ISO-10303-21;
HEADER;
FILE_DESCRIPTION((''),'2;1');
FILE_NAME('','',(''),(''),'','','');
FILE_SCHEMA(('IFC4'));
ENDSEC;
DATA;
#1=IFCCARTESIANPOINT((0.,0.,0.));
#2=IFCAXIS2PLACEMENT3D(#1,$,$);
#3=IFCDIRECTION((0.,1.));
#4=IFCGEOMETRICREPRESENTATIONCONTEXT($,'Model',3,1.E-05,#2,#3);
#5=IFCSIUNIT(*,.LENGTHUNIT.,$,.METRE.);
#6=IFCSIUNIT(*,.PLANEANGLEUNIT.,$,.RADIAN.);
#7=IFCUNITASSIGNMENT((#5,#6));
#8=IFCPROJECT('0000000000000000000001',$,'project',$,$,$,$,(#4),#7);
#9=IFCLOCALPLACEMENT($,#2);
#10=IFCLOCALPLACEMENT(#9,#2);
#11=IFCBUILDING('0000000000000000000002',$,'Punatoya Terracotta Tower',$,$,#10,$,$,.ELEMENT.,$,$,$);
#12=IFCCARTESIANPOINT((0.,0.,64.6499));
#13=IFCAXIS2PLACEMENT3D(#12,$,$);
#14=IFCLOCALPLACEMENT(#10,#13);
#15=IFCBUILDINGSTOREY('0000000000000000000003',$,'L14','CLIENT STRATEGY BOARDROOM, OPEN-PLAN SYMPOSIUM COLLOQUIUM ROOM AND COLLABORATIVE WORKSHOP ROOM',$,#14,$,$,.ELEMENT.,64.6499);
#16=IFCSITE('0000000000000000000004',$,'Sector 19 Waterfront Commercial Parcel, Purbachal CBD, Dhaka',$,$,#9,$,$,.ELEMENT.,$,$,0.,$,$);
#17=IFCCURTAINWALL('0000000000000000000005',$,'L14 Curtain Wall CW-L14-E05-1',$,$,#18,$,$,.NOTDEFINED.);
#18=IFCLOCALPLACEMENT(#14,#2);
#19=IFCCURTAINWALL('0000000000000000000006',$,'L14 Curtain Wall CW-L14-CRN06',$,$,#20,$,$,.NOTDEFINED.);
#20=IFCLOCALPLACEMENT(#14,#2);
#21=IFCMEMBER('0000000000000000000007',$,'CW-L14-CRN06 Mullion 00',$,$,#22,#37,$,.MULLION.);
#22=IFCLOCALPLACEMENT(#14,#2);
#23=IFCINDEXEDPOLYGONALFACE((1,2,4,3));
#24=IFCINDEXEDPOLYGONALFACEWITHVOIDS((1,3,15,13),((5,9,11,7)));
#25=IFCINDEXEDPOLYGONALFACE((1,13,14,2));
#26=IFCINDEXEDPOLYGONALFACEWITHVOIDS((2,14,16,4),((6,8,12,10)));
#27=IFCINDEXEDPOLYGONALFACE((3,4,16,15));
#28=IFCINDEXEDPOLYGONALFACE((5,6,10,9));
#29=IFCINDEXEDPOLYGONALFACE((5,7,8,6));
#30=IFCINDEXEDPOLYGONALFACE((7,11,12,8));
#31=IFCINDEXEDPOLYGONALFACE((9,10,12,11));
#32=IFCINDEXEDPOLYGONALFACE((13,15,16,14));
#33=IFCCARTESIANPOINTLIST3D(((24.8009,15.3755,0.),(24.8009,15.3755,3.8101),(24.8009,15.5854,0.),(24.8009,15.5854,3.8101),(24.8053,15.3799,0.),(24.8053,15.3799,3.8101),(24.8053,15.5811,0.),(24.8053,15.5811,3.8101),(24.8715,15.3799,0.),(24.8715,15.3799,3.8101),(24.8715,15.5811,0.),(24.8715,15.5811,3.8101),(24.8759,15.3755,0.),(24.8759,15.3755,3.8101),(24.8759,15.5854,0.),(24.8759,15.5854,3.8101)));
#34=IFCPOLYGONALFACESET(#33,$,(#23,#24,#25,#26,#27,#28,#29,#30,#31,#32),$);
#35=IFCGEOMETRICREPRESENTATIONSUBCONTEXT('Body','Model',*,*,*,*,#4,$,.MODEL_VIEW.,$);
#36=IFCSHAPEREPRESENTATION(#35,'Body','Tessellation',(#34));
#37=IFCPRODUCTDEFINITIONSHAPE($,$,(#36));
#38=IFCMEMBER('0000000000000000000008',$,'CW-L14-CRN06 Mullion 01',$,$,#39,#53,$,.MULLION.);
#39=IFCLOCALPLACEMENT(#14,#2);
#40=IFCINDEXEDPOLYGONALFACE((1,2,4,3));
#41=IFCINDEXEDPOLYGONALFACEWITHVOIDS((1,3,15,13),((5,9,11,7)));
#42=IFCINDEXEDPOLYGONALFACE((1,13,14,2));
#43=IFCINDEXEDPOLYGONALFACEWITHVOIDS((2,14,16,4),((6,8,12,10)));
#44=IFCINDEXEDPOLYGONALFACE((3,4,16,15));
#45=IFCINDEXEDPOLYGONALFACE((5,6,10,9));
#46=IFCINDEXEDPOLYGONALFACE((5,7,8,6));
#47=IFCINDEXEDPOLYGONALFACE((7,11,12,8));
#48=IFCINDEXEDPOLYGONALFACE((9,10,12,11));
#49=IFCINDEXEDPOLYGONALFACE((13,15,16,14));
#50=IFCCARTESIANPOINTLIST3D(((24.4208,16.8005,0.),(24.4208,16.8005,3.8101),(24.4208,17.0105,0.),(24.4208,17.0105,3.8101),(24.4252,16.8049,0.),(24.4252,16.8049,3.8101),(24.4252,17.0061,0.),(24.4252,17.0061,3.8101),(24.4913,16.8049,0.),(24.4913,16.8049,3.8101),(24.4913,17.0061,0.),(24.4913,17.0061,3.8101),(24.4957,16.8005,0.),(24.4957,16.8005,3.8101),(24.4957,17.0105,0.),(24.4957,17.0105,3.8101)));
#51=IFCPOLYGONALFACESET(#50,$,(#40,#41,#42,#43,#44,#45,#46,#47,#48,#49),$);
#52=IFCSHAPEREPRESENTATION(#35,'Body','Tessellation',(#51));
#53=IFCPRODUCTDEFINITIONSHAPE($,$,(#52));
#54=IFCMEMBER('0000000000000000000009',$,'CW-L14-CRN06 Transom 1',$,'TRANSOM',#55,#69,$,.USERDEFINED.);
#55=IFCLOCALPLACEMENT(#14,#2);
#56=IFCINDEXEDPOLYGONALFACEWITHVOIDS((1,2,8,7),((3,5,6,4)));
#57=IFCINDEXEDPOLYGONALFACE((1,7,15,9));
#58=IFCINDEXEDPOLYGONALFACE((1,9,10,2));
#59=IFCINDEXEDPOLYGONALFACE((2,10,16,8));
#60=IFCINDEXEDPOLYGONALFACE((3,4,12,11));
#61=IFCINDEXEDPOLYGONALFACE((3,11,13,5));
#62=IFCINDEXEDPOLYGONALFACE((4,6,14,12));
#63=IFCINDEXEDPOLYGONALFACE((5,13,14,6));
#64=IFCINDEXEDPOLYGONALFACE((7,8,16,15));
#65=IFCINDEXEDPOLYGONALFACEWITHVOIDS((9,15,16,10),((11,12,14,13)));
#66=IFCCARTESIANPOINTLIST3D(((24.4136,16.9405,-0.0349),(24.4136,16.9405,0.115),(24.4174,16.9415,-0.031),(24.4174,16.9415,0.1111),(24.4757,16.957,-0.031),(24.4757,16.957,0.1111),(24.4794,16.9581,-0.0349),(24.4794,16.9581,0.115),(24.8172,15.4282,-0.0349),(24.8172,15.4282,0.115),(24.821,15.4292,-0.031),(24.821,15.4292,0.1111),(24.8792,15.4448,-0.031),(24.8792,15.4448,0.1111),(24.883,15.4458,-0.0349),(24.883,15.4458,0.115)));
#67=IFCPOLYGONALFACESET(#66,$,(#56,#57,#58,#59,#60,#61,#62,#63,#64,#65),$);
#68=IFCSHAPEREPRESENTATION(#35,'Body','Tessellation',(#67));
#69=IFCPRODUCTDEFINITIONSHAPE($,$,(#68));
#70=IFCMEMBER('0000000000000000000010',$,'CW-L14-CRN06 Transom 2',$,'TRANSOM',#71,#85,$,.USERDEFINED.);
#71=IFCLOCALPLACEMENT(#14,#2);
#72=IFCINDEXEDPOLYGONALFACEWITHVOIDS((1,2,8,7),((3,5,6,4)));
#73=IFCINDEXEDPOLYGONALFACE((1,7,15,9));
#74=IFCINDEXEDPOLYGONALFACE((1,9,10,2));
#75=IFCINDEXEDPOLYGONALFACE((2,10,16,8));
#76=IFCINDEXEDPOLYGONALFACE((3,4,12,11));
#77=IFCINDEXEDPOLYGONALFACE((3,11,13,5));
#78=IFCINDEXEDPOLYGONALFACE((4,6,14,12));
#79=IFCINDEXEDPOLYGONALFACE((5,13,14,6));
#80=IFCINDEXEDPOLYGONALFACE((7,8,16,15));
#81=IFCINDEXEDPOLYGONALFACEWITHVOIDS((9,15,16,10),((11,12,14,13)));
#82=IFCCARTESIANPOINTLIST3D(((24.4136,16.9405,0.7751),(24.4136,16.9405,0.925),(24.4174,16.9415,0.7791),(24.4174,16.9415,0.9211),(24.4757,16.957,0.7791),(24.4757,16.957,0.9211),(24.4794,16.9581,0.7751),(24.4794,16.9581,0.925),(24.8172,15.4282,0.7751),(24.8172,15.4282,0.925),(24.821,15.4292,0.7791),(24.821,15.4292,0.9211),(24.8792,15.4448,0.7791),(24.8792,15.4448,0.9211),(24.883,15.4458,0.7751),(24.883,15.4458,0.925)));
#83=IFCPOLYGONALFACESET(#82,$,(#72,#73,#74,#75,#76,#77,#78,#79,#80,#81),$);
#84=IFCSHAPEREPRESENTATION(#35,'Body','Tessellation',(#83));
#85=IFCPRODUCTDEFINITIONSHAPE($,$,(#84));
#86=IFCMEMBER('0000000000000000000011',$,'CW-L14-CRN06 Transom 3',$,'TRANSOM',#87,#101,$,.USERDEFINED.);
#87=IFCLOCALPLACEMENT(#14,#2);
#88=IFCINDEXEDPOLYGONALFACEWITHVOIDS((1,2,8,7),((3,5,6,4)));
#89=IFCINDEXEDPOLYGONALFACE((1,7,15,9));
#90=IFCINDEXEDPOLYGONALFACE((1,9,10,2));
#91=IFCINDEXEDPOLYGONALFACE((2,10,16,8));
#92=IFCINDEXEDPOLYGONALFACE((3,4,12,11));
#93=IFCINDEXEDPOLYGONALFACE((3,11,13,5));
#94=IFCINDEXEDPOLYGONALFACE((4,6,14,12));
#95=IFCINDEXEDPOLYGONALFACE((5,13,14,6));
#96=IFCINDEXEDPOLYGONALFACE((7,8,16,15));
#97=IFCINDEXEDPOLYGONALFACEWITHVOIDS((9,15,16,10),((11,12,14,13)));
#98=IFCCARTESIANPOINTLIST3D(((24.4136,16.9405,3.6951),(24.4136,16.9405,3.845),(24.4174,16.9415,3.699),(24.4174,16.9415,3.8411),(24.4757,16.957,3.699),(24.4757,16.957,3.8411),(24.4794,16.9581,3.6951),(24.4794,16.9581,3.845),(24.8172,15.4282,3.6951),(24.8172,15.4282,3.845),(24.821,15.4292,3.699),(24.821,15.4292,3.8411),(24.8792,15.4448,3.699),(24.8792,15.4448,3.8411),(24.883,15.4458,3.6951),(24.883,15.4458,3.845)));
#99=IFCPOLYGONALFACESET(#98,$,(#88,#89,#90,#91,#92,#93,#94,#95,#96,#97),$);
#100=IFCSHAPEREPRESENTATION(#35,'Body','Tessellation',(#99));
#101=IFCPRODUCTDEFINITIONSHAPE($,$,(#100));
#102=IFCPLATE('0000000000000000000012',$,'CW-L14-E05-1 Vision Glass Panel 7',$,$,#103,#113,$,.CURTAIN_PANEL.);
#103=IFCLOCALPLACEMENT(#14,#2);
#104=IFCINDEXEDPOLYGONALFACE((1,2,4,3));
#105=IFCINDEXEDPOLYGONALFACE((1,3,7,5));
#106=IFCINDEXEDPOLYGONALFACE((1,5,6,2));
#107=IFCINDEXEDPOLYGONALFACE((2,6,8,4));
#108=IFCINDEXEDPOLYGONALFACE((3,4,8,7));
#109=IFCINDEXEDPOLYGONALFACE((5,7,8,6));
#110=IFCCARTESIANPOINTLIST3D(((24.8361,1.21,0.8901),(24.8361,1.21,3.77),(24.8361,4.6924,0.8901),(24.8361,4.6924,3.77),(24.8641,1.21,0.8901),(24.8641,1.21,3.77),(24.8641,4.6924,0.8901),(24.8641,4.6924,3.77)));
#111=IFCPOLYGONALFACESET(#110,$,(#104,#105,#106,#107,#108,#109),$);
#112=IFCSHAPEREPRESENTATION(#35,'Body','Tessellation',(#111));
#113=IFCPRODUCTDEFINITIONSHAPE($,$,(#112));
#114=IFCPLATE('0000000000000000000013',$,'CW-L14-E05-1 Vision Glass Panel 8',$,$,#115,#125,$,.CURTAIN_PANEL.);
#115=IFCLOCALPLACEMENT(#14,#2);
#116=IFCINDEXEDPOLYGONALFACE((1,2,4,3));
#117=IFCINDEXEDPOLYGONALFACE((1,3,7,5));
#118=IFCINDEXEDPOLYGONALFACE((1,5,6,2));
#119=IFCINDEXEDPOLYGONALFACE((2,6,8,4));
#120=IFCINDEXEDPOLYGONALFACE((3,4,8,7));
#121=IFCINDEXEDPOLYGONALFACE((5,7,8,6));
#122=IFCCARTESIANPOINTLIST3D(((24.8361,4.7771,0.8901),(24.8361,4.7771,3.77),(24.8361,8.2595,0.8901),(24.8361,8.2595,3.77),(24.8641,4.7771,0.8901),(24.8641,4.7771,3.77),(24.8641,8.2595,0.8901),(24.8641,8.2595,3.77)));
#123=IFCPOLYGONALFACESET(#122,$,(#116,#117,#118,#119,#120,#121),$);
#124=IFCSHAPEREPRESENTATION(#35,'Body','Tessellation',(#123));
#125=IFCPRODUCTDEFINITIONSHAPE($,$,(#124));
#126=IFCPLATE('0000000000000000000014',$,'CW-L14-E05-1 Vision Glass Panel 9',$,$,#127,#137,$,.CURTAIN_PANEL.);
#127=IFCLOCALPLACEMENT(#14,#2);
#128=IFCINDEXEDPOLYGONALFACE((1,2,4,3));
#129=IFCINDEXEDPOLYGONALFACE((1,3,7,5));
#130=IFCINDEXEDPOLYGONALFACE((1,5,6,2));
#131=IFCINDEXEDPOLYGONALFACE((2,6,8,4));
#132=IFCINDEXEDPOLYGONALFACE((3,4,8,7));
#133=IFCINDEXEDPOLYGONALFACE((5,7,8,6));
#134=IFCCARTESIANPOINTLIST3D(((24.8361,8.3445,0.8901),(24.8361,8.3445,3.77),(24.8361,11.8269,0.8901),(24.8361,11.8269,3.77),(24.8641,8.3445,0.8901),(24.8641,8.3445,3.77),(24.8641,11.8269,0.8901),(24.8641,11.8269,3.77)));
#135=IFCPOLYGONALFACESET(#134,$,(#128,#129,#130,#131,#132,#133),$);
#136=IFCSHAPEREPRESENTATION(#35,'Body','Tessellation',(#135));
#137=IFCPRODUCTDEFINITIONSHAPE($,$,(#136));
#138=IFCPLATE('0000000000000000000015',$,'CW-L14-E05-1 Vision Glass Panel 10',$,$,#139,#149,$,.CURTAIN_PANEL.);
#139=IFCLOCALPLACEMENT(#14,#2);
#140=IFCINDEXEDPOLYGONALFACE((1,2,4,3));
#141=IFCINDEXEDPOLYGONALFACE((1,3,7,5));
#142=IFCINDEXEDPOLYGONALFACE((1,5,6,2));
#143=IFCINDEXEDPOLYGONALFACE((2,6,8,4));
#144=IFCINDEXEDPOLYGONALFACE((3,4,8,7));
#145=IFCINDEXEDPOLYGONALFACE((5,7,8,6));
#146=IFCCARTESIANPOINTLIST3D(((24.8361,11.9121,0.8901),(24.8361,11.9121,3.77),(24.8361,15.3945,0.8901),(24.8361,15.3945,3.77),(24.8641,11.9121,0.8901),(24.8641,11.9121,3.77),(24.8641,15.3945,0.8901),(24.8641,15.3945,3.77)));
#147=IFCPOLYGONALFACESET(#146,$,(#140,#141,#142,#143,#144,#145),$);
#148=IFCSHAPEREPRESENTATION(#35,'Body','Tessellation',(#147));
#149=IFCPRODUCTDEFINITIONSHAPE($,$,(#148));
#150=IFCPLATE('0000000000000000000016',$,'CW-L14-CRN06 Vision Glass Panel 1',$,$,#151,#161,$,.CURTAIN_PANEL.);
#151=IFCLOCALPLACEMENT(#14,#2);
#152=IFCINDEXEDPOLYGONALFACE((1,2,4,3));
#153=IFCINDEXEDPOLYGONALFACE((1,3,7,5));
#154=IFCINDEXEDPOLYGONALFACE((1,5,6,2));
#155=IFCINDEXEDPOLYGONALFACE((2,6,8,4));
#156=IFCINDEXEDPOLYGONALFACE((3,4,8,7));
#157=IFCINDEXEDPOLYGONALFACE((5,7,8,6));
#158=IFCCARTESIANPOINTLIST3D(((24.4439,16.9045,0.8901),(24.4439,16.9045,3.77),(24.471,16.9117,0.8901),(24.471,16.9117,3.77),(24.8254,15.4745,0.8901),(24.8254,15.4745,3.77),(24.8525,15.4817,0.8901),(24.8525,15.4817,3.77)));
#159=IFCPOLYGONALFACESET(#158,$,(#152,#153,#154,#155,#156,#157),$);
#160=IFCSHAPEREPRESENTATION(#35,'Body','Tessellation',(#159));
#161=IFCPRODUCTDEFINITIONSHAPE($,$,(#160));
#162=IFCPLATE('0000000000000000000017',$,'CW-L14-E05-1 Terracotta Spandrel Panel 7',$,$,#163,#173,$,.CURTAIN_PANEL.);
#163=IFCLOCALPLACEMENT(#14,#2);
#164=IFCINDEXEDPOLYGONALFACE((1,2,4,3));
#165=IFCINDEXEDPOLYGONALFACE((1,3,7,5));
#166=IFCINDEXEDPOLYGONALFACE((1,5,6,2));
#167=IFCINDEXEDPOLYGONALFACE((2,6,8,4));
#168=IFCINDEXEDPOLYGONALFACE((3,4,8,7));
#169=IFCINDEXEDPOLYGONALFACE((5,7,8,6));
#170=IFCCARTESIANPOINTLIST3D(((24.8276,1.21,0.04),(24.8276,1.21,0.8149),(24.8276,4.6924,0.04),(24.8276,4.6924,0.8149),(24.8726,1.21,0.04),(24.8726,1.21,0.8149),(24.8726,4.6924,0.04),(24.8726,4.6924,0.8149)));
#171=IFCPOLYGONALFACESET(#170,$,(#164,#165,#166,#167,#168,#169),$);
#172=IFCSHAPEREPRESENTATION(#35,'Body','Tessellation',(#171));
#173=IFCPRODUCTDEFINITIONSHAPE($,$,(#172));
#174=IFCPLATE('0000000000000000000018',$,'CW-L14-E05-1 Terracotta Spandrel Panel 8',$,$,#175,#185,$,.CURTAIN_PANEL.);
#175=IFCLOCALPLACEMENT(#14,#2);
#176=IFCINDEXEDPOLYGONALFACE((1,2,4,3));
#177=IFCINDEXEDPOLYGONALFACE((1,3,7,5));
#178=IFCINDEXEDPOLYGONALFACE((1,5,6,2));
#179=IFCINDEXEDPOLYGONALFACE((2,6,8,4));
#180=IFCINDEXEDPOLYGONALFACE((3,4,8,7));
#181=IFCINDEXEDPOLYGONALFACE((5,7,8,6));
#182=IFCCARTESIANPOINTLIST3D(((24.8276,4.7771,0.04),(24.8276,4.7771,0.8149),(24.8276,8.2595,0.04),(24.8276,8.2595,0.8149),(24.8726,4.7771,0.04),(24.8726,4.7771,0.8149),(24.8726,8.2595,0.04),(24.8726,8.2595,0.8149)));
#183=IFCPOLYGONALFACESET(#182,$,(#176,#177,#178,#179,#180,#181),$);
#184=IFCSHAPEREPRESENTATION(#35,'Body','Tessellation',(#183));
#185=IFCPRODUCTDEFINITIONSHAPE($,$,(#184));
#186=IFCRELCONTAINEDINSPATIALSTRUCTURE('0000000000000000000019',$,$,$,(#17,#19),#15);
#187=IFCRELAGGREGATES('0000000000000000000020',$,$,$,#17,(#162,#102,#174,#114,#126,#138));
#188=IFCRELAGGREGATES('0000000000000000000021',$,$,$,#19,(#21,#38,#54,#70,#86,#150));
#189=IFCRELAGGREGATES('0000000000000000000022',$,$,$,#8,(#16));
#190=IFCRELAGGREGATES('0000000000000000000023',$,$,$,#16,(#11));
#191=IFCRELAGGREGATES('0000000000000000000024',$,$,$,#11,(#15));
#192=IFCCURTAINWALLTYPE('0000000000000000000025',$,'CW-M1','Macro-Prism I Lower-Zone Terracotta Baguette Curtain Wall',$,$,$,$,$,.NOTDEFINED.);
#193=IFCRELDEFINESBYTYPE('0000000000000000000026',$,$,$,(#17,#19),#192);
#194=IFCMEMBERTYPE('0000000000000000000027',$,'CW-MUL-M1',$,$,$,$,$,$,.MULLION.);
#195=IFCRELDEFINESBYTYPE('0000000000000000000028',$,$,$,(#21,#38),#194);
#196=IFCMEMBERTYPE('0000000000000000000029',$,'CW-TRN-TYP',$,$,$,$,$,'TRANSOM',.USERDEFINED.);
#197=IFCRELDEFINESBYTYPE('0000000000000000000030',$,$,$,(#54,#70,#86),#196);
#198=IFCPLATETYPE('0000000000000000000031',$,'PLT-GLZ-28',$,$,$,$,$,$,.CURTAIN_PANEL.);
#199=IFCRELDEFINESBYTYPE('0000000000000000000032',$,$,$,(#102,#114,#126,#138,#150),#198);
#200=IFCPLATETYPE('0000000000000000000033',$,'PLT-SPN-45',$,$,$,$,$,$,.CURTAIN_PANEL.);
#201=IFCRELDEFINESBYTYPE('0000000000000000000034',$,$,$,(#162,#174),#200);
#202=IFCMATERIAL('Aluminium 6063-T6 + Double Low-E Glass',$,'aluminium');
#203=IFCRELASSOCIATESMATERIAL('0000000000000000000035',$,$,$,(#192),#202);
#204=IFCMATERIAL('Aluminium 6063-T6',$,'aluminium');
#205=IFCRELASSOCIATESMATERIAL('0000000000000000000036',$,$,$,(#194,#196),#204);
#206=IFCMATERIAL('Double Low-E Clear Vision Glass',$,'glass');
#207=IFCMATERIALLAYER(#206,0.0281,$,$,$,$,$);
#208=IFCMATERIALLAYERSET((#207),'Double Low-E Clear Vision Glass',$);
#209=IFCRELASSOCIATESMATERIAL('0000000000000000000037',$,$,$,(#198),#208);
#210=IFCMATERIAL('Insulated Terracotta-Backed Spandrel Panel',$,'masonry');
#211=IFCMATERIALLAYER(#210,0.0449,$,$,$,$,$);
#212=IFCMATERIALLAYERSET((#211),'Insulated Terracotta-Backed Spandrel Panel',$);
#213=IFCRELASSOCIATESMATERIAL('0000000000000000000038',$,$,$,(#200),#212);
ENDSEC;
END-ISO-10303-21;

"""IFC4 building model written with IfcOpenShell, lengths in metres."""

from ifc_helpers import new_model, si_unit, direction, frame, origin, origin_2d, place, context, subcontext, project, spatial, rectangle, hollow_rectangle, extrude, material, layer, layer_set, material_profile, profile_set, type_object, element, aggregate, save


model = new_model("IFC4")

# Units and contexts
model_context = context("Model", 3, precision=1e-05, world=origin(), true_north=direction((0.0, 1.0)))
body_context = subcontext(model_context, "Body", "Model", "MODEL_VIEW")
ifc_project = project(units=[si_unit("LENGTHUNIT", "METRE"), si_unit("PLANEANGLEUNIT", "RADIAN")], contexts=[model_context])

# Site, building, storey
site_placement = place(None, origin())
site = spatial("IfcSite", under=ifc_project, at=site_placement, Name="Sector 19 Waterfront Commercial Parcel, Purbachal CBD, Dhaka", CompositionType="ELEMENT", RefElevation=0.0)
building_placement = place(site_placement, origin())
building = spatial("IfcBuilding", under=site, at=building_placement, Name="Punatoya Terracotta Tower", CompositionType="ELEMENT")
storey_placement = place(building_placement, frame((0.0, 0.0, 64.6499)))
storey = spatial("IfcBuildingStorey", under=building, at=storey_placement, Name="L14", Description="CLIENT STRATEGY BOARDROOM, OPEN-PLAN SYMPOSIUM COLLOQUIUM ROOM AND COLLABORATIVE WORKSHOP ROOM", CompositionType="ELEMENT", Elevation=64.6499)

# Curtain walls, members
ifc_material_1 = material(Name="Aluminium 6063-T6 + Double Low-E Glass", Category="aluminium")
curtain_wall_type = type_object("IfcCurtainWallType", Name="CW-M1", Description="Macro-Prism I Lower-Zone Terracotta Baguette Curtain Wall", PredefinedType="NOTDEFINED", material=ifc_material_1)
curtain_wall_1_placement = place(storey_placement, origin())
curtain_wall_1 = element("IfcCurtainWall", 1, at=curtain_wall_1_placement, inside=storey, type_object=curtain_wall_type, Name="L14 Curtain Wall CW-L14-E05-1", PredefinedType="NOTDEFINED")
ifc_material_2 = material(Name="Aluminium 6063-T6", Category="aluminium")
ifc_material_profile_1 = material_profile(ifc_material_2, hollow_rectangle(XDim=0.075, YDim=0.21, WallThickness=0.0044, at=origin_2d()))
ifc_profile_set_1 = profile_set([ifc_material_profile_1], Name="Aluminium 6063-T6")
member_type_1 = type_object("IfcMemberType", Name="CW-MUL-M1", PredefinedType="MULLION", material=ifc_profile_set_1)
curtain_wall_2_placement = place(storey_placement, origin())
curtain_wall_2 = element("IfcCurtainWall", 2, at=curtain_wall_2_placement, inside=storey, type_object=curtain_wall_type, Name="L14 Curtain Wall CW-L14-CRN06", PredefinedType="NOTDEFINED")
member_1_placement = place(storey_placement, frame((24.8384, 15.4805, 0.0), z_axis=(0.0, 0.0, 1.0), x_axis=(1.0, 0.0, 0.0)))
member_1 = element("IfcMember", 3, at=member_1_placement, type_object=member_type_1, Name="CW-L14-CRN06 Mullion 00", PredefinedType="MULLION", context=body_context, shape_type="SweptSolid", body=[
    extrude(hollow_rectangle(XDim=0.075, YDim=0.21, WallThickness=0.0044, at=origin_2d()), origin(), (0.0, 0.0, 1.0), 3.8101),
])
member_2_placement = place(storey_placement, frame((24.4583, 16.9055, 0.0), z_axis=(0.0, 0.0, 1.0), x_axis=(1.0, 0.0, 0.0)))
member_2 = element("IfcMember", 4, at=member_2_placement, type_object=member_type_1, Name="CW-L14-CRN06 Mullion 01", PredefinedType="MULLION", context=body_context, shape_type="SweptSolid", body=[
    extrude(hollow_rectangle(XDim=0.075, YDim=0.21, WallThickness=0.0044, at=origin_2d()), origin(), (0.0, 0.0, 1.0), 3.8101),
])
ifc_material_profile_2 = material_profile(ifc_material_2, hollow_rectangle(XDim=0.0681, YDim=0.1499, WallThickness=0.0039, at=origin_2d()))
ifc_profile_set_2 = profile_set([ifc_material_profile_2], Name="Aluminium 6063-T6")
member_type_2 = type_object("IfcMemberType", Name="CW-TRN-TYP", ElementType="TRANSOM", PredefinedType="USERDEFINED", material=ifc_profile_set_2)
member_3_placement = place(storey_placement, frame((24.8501, 15.437, 0.04), z_axis=(-0.257847, 0.966186, 0.0), x_axis=(-0.966186, -0.257847, 0.0)))
member_3 = element("IfcMember", 5, at=member_3_placement, type_object=member_type_2, Name="CW-L14-CRN06 Transom 1", ObjectType="TRANSOM", PredefinedType="USERDEFINED", context=body_context, shape_type="SweptSolid", body=[
    extrude(hollow_rectangle(XDim=0.0681, YDim=0.1499, WallThickness=0.0039, at=origin_2d()), origin(), (0.0, 0.0, 1.0), 1.5652),
])
member_4_placement = place(storey_placement, frame((24.8501, 15.437, 0.8501), z_axis=(-0.257847, 0.966186, 0.0), x_axis=(-0.966186, -0.257847, 0.0)))
member_4 = element("IfcMember", 6, at=member_4_placement, type_object=member_type_2, Name="CW-L14-CRN06 Transom 2", ObjectType="TRANSOM", PredefinedType="USERDEFINED", context=body_context, shape_type="SweptSolid", body=[
    extrude(hollow_rectangle(XDim=0.0681, YDim=0.1499, WallThickness=0.0039, at=origin_2d()), origin(), (0.0, 0.0, 1.0), 1.5652),
])
member_5_placement = place(storey_placement, frame((24.8501, 15.437, 3.77), z_axis=(-0.257847, 0.966186, 0.0), x_axis=(-0.966186, -0.257847, 0.0)))
member_5 = element("IfcMember", 7, at=member_5_placement, type_object=member_type_2, Name="CW-L14-CRN06 Transom 3", ObjectType="TRANSOM", PredefinedType="USERDEFINED", context=body_context, shape_type="SweptSolid", body=[
    extrude(hollow_rectangle(XDim=0.0681, YDim=0.1499, WallThickness=0.0039, at=origin_2d()), origin(), (0.0, 0.0, 1.0), 1.5652),
])

# Plates
ifc_material_3 = material(Name="Double Low-E Clear Vision Glass", Category="glass")
ifc_layer_1 = layer(ifc_material_3, 0.0281)
ifc_layer_set_1 = layer_set([ifc_layer_1], Name="Double Low-E Clear Vision Glass")
plate_type_1 = type_object("IfcPlateType", Name="PLT-GLZ-28", PredefinedType="CURTAIN_PANEL", material=ifc_layer_set_1)
plate_1_placement = place(storey_placement, frame((24.8501, 2.9512, 0.8901), z_axis=(0.0, 0.0, 1.0), x_axis=(0.0, 1.0, 0.0)))
plate_1 = element("IfcPlate", 8, at=plate_1_placement, type_object=plate_type_1, Name="CW-L14-E05-1 Vision Glass Panel 7", PredefinedType="CURTAIN_PANEL", context=body_context, shape_type="SweptSolid", body=[
    extrude(rectangle(XDim=3.4824, YDim=0.0281, at=origin_2d()), origin(), (0.0, 0.0, 1.0), 2.8799),
])
plate_2_placement = place(storey_placement, frame((24.8501, 6.5183, 0.8901), z_axis=(0.0, 0.0, 1.0), x_axis=(0.0, 1.0, 0.0)))
plate_2 = element("IfcPlate", 9, at=plate_2_placement, type_object=plate_type_1, Name="CW-L14-E05-1 Vision Glass Panel 8", PredefinedType="CURTAIN_PANEL", context=body_context, shape_type="SweptSolid", body=[
    extrude(rectangle(XDim=3.4824, YDim=0.0281, at=origin_2d()), origin(), (0.0, 0.0, 1.0), 2.8799),
])
plate_3_placement = place(storey_placement, frame((24.8501, 10.0857, 0.8901), z_axis=(0.0, 0.0, 1.0), x_axis=(0.0, 1.0, 0.0)))
plate_3 = element("IfcPlate", 10, at=plate_3_placement, type_object=plate_type_1, Name="CW-L14-E05-1 Vision Glass Panel 9", PredefinedType="CURTAIN_PANEL", context=body_context, shape_type="SweptSolid", body=[
    extrude(rectangle(XDim=3.4824, YDim=0.0281, at=origin_2d()), origin(), (0.0, 0.0, 1.0), 2.8799),
])
plate_4_placement = place(storey_placement, frame((24.8501, 13.6533, 0.8901), z_axis=(0.0, 0.0, 1.0), x_axis=(0.0, 1.0, 0.0)))
plate_4 = element("IfcPlate", 11, at=plate_4_placement, type_object=plate_type_1, Name="CW-L14-E05-1 Vision Glass Panel 10", PredefinedType="CURTAIN_PANEL", context=body_context, shape_type="SweptSolid", body=[
    extrude(rectangle(XDim=3.4824, YDim=0.0281, at=origin_2d()), origin(), (0.0, 0.0, 1.0), 2.8799),
])
plate_5_placement = place(storey_placement, frame((24.6482, 16.1931, 0.8901), z_axis=(0.0, 0.0, 1.0), x_axis=(-0.257742, 0.966214, 0.0)))
plate_5 = element("IfcPlate", 12, at=plate_5_placement, type_object=plate_type_1, Name="CW-L14-CRN06 Vision Glass Panel 1", PredefinedType="CURTAIN_PANEL", context=body_context, shape_type="SweptSolid", body=[
    extrude(rectangle(XDim=1.48, YDim=0.0281, at=origin_2d()), origin(), (0.0, 0.0, 1.0), 2.8799),
])
ifc_material_4 = material(Name="Insulated Terracotta-Backed Spandrel Panel", Category="masonry")
ifc_layer_2 = layer(ifc_material_4, 0.0449)
ifc_layer_set_2 = layer_set([ifc_layer_2], Name="Insulated Terracotta-Backed Spandrel Panel")
plate_type_2 = type_object("IfcPlateType", Name="PLT-SPN-45", PredefinedType="CURTAIN_PANEL", material=ifc_layer_set_2)
plate_6_placement = place(storey_placement, frame((24.8501, 2.9512, 0.04), z_axis=(0.0, 0.0, 1.0), x_axis=(0.0, 1.0, 0.0)))
plate_6 = element("IfcPlate", 13, at=plate_6_placement, type_object=plate_type_2, Name="CW-L14-E05-1 Terracotta Spandrel Panel 7", PredefinedType="CURTAIN_PANEL", context=body_context, shape_type="SweptSolid", body=[
    extrude(rectangle(XDim=3.4824, YDim=0.0449, at=origin_2d()), origin(), (0.0, 0.0, 1.0), 0.7749),
])
plate_7_placement = place(storey_placement, frame((24.8501, 6.5183, 0.04), z_axis=(0.0, 0.0, 1.0), x_axis=(0.0, 1.0, 0.0)))
plate_7 = element("IfcPlate", 14, at=plate_7_placement, type_object=plate_type_2, Name="CW-L14-E05-1 Terracotta Spandrel Panel 8", PredefinedType="CURTAIN_PANEL", context=body_context, shape_type="SweptSolid", body=[
    extrude(rectangle(XDim=3.4824, YDim=0.0449, at=origin_2d()), origin(), (0.0, 0.0, 1.0), 0.7749),
])
aggregate(curtain_wall_1, [plate_6, plate_1, plate_7, plate_2, plate_3, plate_4])
aggregate(curtain_wall_2, [member_1, member_2, member_3, member_4, member_5, plate_5])

save(model, "model.ifc")
